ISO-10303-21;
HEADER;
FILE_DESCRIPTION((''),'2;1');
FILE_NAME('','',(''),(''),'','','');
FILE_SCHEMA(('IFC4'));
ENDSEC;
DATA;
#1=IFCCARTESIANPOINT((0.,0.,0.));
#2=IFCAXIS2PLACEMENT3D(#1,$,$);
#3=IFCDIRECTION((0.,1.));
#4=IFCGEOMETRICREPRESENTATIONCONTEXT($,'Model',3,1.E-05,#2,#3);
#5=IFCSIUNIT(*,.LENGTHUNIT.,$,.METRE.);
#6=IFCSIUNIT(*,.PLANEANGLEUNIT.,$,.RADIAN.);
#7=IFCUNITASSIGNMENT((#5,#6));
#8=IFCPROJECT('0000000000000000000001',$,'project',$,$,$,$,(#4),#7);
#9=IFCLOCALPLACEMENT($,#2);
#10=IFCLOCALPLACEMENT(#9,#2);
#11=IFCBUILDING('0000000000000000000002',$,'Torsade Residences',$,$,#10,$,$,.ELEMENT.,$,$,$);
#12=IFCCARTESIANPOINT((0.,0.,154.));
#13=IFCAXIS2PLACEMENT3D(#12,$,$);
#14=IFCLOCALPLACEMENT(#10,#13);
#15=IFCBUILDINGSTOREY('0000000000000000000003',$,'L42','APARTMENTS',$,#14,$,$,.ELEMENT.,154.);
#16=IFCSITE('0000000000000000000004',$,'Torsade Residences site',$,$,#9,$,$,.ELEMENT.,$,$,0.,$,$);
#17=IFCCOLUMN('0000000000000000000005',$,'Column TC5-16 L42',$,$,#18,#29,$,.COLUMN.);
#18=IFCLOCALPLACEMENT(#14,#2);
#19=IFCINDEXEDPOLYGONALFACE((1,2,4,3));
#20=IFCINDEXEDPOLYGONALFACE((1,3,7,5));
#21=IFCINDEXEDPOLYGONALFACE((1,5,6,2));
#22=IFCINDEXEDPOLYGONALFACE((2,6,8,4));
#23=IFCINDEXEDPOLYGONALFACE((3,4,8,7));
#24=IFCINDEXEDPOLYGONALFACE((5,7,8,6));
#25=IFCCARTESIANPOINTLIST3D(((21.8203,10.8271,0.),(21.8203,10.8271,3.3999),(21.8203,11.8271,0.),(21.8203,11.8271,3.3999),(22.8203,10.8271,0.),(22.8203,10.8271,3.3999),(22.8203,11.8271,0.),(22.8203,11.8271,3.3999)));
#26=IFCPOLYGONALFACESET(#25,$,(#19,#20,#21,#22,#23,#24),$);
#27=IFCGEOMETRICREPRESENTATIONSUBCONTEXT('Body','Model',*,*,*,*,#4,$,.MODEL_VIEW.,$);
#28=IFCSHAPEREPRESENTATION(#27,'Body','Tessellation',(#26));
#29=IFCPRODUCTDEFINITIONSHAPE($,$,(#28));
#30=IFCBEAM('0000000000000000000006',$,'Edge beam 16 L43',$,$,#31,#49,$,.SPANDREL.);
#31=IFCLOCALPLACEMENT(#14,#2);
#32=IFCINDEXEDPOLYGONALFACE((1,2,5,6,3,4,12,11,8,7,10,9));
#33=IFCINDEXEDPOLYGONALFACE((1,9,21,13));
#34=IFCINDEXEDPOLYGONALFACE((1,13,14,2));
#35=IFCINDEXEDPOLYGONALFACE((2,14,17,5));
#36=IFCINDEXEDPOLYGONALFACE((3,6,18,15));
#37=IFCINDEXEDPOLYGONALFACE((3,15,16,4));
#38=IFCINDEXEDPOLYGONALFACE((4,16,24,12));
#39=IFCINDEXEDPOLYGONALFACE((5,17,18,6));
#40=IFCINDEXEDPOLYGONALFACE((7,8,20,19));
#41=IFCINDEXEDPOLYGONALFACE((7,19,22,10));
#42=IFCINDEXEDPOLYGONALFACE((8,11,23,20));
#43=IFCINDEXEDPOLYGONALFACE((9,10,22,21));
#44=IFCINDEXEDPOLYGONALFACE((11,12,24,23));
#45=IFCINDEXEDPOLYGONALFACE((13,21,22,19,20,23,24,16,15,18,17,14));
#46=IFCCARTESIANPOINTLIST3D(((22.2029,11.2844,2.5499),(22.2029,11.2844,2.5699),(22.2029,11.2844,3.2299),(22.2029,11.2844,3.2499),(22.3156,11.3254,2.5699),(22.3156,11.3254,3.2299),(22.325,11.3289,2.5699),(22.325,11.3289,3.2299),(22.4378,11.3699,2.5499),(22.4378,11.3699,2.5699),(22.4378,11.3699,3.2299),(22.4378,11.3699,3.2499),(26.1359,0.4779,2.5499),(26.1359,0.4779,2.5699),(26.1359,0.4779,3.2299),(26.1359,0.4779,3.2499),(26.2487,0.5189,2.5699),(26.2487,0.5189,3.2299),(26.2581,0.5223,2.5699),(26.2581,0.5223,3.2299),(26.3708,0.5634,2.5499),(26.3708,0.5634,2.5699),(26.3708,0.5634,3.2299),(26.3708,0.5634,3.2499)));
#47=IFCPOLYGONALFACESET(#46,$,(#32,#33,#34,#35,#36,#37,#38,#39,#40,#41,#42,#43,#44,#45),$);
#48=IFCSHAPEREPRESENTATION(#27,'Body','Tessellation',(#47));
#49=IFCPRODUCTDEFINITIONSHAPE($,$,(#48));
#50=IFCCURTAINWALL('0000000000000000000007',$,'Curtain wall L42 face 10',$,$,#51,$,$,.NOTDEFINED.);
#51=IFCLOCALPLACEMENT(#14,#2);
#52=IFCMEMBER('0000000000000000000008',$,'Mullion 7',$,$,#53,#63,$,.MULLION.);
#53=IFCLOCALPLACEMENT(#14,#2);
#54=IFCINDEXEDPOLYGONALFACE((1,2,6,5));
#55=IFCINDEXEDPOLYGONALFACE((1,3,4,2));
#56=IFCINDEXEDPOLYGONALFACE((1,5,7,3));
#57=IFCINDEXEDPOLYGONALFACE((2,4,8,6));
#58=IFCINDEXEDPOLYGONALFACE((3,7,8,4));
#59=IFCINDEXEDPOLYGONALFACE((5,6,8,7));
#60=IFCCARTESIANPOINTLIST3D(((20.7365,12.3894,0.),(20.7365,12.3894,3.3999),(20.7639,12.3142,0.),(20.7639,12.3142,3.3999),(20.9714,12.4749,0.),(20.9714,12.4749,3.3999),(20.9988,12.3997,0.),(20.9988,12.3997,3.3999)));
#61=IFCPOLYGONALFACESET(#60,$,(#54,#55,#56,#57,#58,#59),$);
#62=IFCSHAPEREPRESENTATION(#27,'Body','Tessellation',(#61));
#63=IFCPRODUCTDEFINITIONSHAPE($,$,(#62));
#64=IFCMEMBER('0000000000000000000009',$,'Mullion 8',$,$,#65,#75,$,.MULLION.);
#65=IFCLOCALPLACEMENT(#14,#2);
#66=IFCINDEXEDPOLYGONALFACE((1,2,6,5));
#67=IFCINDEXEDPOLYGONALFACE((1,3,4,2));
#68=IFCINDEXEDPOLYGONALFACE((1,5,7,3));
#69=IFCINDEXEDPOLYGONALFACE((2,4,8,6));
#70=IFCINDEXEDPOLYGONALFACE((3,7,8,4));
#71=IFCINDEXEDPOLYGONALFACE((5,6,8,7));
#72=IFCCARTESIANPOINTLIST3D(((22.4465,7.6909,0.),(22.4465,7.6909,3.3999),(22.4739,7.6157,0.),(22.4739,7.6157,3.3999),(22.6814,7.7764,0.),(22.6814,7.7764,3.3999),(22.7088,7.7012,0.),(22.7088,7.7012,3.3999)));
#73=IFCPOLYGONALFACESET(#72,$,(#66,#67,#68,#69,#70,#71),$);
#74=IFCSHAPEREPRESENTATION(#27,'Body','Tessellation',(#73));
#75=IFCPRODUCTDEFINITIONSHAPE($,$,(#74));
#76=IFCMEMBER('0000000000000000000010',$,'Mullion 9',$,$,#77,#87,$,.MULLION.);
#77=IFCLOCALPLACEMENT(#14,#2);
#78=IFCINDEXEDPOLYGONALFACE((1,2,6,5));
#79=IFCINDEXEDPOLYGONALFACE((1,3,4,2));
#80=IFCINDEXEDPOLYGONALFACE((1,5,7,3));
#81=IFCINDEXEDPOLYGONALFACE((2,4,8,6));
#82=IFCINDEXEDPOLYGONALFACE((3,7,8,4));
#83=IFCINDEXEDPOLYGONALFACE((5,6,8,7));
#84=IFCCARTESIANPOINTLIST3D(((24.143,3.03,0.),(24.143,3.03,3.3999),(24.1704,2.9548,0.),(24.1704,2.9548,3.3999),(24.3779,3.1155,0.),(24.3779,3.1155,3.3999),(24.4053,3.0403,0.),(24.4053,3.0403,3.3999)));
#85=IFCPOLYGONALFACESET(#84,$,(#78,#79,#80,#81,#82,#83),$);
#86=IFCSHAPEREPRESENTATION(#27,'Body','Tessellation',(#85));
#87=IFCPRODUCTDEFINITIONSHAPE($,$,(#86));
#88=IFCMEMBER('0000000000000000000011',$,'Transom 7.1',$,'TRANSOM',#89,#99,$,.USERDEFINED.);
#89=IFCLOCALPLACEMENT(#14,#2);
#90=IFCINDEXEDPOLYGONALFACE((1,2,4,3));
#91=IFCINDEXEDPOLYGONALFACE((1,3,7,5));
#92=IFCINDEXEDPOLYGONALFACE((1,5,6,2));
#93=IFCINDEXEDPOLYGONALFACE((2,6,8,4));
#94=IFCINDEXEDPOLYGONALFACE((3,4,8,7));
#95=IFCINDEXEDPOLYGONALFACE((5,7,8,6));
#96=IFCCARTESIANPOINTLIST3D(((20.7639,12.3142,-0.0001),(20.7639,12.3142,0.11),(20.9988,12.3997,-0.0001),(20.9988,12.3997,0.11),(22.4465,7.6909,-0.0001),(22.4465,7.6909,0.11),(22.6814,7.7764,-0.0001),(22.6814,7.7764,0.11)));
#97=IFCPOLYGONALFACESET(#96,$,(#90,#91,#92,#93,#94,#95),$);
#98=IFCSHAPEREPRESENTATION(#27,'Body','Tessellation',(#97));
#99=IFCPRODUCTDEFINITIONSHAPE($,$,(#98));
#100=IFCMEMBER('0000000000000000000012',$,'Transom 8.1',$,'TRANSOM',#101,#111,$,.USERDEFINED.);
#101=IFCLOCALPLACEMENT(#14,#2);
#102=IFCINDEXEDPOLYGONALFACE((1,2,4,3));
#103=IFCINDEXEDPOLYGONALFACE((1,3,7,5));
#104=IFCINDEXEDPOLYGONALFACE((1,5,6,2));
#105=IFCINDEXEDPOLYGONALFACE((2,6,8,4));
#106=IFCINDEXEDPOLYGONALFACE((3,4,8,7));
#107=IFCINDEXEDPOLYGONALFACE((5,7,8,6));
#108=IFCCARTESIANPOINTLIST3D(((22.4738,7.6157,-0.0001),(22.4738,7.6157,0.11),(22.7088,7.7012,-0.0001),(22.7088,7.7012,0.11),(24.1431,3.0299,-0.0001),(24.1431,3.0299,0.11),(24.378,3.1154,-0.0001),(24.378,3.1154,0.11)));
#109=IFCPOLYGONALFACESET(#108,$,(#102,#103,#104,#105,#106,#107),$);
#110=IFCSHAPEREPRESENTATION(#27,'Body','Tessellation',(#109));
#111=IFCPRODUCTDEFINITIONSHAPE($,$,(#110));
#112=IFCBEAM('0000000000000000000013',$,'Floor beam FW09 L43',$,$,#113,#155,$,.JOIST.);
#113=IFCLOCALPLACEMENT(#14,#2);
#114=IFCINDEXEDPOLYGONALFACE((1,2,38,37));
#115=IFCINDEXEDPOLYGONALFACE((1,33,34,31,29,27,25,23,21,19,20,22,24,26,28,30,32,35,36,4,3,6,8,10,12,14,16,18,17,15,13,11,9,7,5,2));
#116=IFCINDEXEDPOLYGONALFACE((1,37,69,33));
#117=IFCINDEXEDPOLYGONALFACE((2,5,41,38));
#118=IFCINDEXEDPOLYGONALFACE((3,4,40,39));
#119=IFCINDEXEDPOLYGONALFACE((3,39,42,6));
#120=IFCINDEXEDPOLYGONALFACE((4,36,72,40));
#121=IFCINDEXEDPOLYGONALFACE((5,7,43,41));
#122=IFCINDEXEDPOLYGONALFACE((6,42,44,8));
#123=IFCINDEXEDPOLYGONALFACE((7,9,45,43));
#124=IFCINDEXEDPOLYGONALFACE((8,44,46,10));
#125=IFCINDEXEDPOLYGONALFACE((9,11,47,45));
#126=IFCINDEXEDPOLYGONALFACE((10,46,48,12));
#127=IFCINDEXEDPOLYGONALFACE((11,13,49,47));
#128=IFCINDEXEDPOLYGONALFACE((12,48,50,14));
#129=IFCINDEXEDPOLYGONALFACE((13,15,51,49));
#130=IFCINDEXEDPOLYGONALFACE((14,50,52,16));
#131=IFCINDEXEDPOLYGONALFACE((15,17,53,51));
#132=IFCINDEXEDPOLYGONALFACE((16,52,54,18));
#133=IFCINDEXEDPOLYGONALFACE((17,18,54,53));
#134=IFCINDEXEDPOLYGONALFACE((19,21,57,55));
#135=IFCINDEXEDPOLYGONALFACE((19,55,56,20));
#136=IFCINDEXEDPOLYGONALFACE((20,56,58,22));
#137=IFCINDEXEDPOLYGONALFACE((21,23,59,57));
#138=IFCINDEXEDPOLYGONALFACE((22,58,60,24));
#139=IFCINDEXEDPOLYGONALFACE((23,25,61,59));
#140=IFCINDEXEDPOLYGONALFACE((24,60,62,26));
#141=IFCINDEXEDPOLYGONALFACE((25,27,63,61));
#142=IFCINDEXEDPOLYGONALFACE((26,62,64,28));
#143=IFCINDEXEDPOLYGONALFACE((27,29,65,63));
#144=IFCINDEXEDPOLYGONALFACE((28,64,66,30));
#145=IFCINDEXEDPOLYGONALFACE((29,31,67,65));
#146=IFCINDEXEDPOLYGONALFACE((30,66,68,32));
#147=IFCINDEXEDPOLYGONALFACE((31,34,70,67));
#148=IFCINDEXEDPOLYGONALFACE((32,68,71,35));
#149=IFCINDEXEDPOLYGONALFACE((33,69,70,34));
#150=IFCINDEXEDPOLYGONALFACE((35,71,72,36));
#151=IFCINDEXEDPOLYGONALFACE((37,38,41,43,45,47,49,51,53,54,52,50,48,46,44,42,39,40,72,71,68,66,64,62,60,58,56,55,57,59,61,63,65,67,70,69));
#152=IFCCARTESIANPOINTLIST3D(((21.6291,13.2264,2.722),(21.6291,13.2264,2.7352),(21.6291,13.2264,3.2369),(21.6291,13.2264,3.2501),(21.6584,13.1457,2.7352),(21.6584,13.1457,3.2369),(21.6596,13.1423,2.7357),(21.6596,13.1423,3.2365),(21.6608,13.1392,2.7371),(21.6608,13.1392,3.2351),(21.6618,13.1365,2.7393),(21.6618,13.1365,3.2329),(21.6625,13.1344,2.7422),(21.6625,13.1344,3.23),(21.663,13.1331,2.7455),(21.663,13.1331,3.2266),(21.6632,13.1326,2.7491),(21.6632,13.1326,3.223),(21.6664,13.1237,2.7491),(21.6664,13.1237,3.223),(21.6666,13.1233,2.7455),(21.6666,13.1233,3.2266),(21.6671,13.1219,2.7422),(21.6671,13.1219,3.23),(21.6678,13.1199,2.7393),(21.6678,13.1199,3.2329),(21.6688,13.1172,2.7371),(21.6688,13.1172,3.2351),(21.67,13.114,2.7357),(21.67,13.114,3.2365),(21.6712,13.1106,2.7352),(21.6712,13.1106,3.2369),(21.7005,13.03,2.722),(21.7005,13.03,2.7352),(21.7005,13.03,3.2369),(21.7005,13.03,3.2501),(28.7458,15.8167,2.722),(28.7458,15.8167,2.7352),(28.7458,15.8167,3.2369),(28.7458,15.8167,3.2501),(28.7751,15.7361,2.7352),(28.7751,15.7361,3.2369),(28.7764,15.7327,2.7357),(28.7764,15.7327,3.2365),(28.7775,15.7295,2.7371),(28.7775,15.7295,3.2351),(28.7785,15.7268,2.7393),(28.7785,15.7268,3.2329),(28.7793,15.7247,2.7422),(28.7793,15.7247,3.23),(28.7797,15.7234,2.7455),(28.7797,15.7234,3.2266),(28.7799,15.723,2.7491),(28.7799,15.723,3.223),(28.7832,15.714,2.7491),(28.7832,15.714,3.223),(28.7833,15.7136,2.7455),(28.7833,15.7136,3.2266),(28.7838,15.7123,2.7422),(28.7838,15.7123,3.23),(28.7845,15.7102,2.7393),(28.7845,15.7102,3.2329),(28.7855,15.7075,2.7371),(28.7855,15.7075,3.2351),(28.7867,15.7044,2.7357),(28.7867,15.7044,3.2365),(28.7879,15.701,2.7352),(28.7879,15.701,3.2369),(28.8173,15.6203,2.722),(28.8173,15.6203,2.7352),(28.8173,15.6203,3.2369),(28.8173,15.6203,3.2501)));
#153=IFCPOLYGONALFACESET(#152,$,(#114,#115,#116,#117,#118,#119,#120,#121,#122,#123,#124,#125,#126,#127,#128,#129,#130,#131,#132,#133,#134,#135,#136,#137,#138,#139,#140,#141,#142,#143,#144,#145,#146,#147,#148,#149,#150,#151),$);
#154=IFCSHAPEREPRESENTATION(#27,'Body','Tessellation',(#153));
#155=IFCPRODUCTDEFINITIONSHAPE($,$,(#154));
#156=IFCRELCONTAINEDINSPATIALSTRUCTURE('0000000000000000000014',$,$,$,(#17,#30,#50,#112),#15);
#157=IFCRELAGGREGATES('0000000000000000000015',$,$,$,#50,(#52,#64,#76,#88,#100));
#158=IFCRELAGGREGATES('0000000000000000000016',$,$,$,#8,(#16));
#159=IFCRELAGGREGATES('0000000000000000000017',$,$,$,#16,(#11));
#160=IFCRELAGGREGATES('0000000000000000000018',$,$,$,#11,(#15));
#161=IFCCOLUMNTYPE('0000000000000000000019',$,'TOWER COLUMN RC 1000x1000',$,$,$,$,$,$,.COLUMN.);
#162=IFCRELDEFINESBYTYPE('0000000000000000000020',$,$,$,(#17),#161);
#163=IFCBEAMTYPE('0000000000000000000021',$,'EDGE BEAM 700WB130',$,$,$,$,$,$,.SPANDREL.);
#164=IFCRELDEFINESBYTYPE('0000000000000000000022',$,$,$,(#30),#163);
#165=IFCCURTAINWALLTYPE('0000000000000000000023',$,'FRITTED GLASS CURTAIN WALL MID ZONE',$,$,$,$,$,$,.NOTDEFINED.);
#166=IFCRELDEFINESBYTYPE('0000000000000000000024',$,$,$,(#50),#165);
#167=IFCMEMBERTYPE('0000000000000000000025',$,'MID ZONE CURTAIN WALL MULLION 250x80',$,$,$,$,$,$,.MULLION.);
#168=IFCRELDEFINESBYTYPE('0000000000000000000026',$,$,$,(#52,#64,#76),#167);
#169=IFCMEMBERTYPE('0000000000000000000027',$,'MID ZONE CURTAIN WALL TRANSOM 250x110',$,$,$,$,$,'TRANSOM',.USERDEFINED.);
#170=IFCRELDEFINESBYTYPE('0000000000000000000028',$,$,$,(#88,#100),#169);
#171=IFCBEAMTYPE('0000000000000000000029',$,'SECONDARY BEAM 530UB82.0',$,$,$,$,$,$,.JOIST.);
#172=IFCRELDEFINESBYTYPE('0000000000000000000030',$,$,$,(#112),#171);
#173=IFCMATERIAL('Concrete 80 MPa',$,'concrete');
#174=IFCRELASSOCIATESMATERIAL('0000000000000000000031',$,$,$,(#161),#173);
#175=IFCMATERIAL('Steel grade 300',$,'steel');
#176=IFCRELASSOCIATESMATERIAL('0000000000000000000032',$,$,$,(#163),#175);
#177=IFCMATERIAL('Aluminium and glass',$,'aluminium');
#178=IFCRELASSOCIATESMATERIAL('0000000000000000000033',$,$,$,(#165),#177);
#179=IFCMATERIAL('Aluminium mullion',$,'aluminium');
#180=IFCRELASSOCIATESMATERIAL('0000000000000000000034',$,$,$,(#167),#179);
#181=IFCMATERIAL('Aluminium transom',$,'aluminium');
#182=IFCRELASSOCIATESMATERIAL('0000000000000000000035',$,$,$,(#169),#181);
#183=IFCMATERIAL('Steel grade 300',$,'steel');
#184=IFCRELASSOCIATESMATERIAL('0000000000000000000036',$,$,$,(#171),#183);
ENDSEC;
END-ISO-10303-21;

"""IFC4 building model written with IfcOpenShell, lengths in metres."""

from ifc_helpers import new_model, si_unit, direction, frame, origin, origin_2d, place, context, subcontext, project, spatial, rectangle, i_section, extrude, material, material_profile, profile_set, type_object, element, aggregate, save


model = new_model("IFC4")

# Units and contexts
model_context = context("Model", 3, precision=1e-05, world=origin(), true_north=direction((0.0, 1.0)))
body_context = subcontext(model_context, "Body", "Model", "MODEL_VIEW")
ifc_project = project(units=[si_unit("LENGTHUNIT", "METRE"), si_unit("PLANEANGLEUNIT", "RADIAN")], contexts=[model_context])

# Site, building, storey
site_placement = place(None, origin())
site = spatial("IfcSite", under=ifc_project, at=site_placement, Name="Torsade Residences site", CompositionType="ELEMENT", RefElevation=0.0)
building_placement = place(site_placement, origin())
building = spatial("IfcBuilding", under=site, at=building_placement, Name="Torsade Residences", CompositionType="ELEMENT")
storey_placement = place(building_placement, frame((0.0, 0.0, 154.0)))
storey = spatial("IfcBuildingStorey", under=building, at=storey_placement, Name="L42", Description="APARTMENTS", CompositionType="ELEMENT", Elevation=154.0)

# Column
ifc_material_1 = material(Name="Concrete 80 MPa", Category="concrete")
ifc_material_profile_1 = material_profile(ifc_material_1, rectangle(XDim=1.0, YDim=1.0, at=origin_2d()), Name="RC 1000x1000")
ifc_profile_set_1 = profile_set([ifc_material_profile_1], Name="Concrete 80 MPa")
column_type = type_object("IfcColumnType", Name="TOWER COLUMN RC 1000x1000", PredefinedType="COLUMN", material=ifc_profile_set_1)
column_placement = place(storey_placement, frame((22.3203, 11.3271, 0.0), z_axis=(0.0, 0.0, 1.0), x_axis=(1.0, 0.0, 0.0)))
element("IfcColumn", 1, at=column_placement, inside=storey, type_object=column_type, Name="Column TC5-16 L42", PredefinedType="COLUMN", context=body_context, shape_type="SweptSolid", body=[
    extrude(rectangle(XDim=1.0, YDim=1.0, at=origin_2d()), origin(), (0.0, 0.0, 1.0), 3.3999),
])

# Beam
ifc_material_2 = material(Name="Steel grade 300", Category="steel")
ifc_material_profile_2 = material_profile(ifc_material_2, i_section(OverallWidth=0.25, OverallDepth=0.7, WebThickness=0.01, FlangeThickness=0.02, at=origin_2d()), Name="700WB130")
ifc_profile_set_2 = profile_set([ifc_material_profile_2], Name="Steel grade 300")
beam_type_1 = type_object("IfcBeamType", Name="EDGE BEAM 700WB130", PredefinedType="SPANDREL", material=ifc_profile_set_2)
beam_1_placement = place(storey_placement, frame((22.3203, 11.3271, 2.8999), z_axis=(0.342006, -0.939698, 0.0), x_axis=(0.939698, 0.342006, 0.0)))
element("IfcBeam", 2, at=beam_1_placement, inside=storey, type_object=beam_type_1, Name="Edge beam 16 L43", PredefinedType="SPANDREL", context=body_context, shape_type="SweptSolid", body=[
    extrude(i_section(OverallWidth=0.25, OverallDepth=0.7, WebThickness=0.01, FlangeThickness=0.02, at=origin_2d()), origin(), (0.0, 0.0, 1.0), 11.5),
])

# Curtain wall, members
ifc_material_3 = material(Name="Aluminium and glass", Category="aluminium")
curtain_wall_type = type_object("IfcCurtainWallType", Name="FRITTED GLASS CURTAIN WALL MID ZONE", PredefinedType="NOTDEFINED", material=ifc_material_3)
curtain_wall_placement = place(storey_placement, origin())
curtain_wall = element("IfcCurtainWall", 3, at=curtain_wall_placement, inside=storey, type_object=curtain_wall_type, Name="Curtain wall L42 face 10", PredefinedType="NOTDEFINED")
ifc_material_4 = material(Name="Aluminium mullion", Category="aluminium")
ifc_material_profile_3 = material_profile(ifc_material_4, rectangle(XDim=0.25, YDim=0.0801, at=origin_2d()), Name="MID ZONE CURTAIN WALL MULLION 250x80")
ifc_profile_set_3 = profile_set([ifc_material_profile_3], Name="Aluminium mullion")
member_type_1 = type_object("IfcMemberType", Name="MID ZONE CURTAIN WALL MULLION 250x80", PredefinedType="MULLION", material=ifc_profile_set_3)
member_1_placement = place(storey_placement, frame((20.8677, 12.3945, 0.0), z_axis=(0.0, 0.0, 1.0), x_axis=(0.939693, 0.34202, 0.0)))
member_1 = element("IfcMember", 4, at=member_1_placement, type_object=member_type_1, Name="Mullion 7", PredefinedType="MULLION", context=body_context, shape_type="SweptSolid", body=[
    extrude(rectangle(XDim=0.25, YDim=0.0801, at=origin_2d()), origin(), (0.0, 0.0, 1.0), 3.3999),
])
member_2_placement = place(storey_placement, frame((22.5776, 7.696, 0.0), z_axis=(0.0, 0.0, 1.0), x_axis=(0.939693, 0.34202, 0.0)))
member_2 = element("IfcMember", 5, at=member_2_placement, type_object=member_type_1, Name="Mullion 8", PredefinedType="MULLION", context=body_context, shape_type="SweptSolid", body=[
    extrude(rectangle(XDim=0.25, YDim=0.0801, at=origin_2d()), origin(), (0.0, 0.0, 1.0), 3.3999),
])
member_3_placement = place(storey_placement, frame((24.2742, 3.0352, 0.0), z_axis=(0.0, 0.0, 1.0), x_axis=(0.939693, 0.34202, 0.0)))
member_3 = element("IfcMember", 6, at=member_3_placement, type_object=member_type_1, Name="Mullion 9", PredefinedType="MULLION", context=body_context, shape_type="SweptSolid", body=[
    extrude(rectangle(XDim=0.25, YDim=0.0801, at=origin_2d()), origin(), (0.0, 0.0, 1.0), 3.3999),
])
ifc_material_5 = material(Name="Aluminium transom", Category="aluminium")
ifc_material_profile_4 = material_profile(ifc_material_5, rectangle(XDim=0.25, YDim=0.1101, at=origin_2d()), Name="MID ZONE CURTAIN WALL TRANSOM 250x110")
ifc_profile_set_4 = profile_set([ifc_material_profile_4], Name="Aluminium transom")
member_type_2 = type_object("IfcMemberType", Name="MID ZONE CURTAIN WALL TRANSOM 250x110", ElementType="TRANSOM", PredefinedType="USERDEFINED", material=ifc_profile_set_4)
member_4_placement = place(storey_placement, frame((20.8813, 12.3569, 0.0549), z_axis=(0.341998, -0.939701, 0.0), x_axis=(0.939701, 0.341998, 0.0)))
member_4 = element("IfcMember", 7, at=member_4_placement, type_object=member_type_2, Name="Transom 7.1", ObjectType="TRANSOM", PredefinedType="USERDEFINED", context=body_context, shape_type="SweptSolid", body=[
    extrude(rectangle(XDim=0.25, YDim=0.1101, at=origin_2d()), origin(), (0.0, 0.0, 1.0), 4.9199),
])
member_5_placement = place(storey_placement, frame((22.5913, 7.6584, 0.0549), z_axis=(0.342044, -0.939684, 0.0), x_axis=(0.939684, 0.342044, 0.0)))
member_5 = element("IfcMember", 8, at=member_5_placement, type_object=member_type_2, Name="Transom 8.1", ObjectType="TRANSOM", PredefinedType="USERDEFINED", context=body_context, shape_type="SweptSolid", body=[
    extrude(rectangle(XDim=0.25, YDim=0.1101, at=origin_2d()), origin(), (0.0, 0.0, 1.0), 4.8801),
])

# Beam
ifc_material_6 = material(Name="Steel grade 300", Category="steel")
ifc_material_profile_5 = material_profile(ifc_material_6, i_section(OverallWidth=0.209, OverallDepth=0.5281, WebThickness=0.0095, FlangeThickness=0.0132, FilletRadius=0.0139, at=origin_2d()), Name="530UB82.0")
ifc_profile_set_5 = profile_set([ifc_material_profile_5], Name="Steel grade 300")
beam_type_2 = type_object("IfcBeamType", Name="SECONDARY BEAM 530UB82.0", PredefinedType="JOIST", material=ifc_profile_set_5)
beam_2_placement = place(storey_placement, frame((21.6648, 13.1282, 2.9861), z_axis=(0.93969, 0.342028, 0.0), x_axis=(-0.342028, 0.93969, 0.0)))
element("IfcBeam", 9, at=beam_2_placement, inside=storey, type_object=beam_type_2, Name="Floor beam FW09 L43", PredefinedType="JOIST", context=body_context, shape_type="SweptSolid", body=[
    extrude(i_section(OverallWidth=0.209, OverallDepth=0.5281, WebThickness=0.0095, FlangeThickness=0.0132, FilletRadius=0.0139, at=origin_2d()), origin(), (0.0, 0.0, 1.0), 7.5735),
])

aggregate(curtain_wall, [member_1, member_2, member_3, member_4, member_5])

save(model, "model.ifc")
